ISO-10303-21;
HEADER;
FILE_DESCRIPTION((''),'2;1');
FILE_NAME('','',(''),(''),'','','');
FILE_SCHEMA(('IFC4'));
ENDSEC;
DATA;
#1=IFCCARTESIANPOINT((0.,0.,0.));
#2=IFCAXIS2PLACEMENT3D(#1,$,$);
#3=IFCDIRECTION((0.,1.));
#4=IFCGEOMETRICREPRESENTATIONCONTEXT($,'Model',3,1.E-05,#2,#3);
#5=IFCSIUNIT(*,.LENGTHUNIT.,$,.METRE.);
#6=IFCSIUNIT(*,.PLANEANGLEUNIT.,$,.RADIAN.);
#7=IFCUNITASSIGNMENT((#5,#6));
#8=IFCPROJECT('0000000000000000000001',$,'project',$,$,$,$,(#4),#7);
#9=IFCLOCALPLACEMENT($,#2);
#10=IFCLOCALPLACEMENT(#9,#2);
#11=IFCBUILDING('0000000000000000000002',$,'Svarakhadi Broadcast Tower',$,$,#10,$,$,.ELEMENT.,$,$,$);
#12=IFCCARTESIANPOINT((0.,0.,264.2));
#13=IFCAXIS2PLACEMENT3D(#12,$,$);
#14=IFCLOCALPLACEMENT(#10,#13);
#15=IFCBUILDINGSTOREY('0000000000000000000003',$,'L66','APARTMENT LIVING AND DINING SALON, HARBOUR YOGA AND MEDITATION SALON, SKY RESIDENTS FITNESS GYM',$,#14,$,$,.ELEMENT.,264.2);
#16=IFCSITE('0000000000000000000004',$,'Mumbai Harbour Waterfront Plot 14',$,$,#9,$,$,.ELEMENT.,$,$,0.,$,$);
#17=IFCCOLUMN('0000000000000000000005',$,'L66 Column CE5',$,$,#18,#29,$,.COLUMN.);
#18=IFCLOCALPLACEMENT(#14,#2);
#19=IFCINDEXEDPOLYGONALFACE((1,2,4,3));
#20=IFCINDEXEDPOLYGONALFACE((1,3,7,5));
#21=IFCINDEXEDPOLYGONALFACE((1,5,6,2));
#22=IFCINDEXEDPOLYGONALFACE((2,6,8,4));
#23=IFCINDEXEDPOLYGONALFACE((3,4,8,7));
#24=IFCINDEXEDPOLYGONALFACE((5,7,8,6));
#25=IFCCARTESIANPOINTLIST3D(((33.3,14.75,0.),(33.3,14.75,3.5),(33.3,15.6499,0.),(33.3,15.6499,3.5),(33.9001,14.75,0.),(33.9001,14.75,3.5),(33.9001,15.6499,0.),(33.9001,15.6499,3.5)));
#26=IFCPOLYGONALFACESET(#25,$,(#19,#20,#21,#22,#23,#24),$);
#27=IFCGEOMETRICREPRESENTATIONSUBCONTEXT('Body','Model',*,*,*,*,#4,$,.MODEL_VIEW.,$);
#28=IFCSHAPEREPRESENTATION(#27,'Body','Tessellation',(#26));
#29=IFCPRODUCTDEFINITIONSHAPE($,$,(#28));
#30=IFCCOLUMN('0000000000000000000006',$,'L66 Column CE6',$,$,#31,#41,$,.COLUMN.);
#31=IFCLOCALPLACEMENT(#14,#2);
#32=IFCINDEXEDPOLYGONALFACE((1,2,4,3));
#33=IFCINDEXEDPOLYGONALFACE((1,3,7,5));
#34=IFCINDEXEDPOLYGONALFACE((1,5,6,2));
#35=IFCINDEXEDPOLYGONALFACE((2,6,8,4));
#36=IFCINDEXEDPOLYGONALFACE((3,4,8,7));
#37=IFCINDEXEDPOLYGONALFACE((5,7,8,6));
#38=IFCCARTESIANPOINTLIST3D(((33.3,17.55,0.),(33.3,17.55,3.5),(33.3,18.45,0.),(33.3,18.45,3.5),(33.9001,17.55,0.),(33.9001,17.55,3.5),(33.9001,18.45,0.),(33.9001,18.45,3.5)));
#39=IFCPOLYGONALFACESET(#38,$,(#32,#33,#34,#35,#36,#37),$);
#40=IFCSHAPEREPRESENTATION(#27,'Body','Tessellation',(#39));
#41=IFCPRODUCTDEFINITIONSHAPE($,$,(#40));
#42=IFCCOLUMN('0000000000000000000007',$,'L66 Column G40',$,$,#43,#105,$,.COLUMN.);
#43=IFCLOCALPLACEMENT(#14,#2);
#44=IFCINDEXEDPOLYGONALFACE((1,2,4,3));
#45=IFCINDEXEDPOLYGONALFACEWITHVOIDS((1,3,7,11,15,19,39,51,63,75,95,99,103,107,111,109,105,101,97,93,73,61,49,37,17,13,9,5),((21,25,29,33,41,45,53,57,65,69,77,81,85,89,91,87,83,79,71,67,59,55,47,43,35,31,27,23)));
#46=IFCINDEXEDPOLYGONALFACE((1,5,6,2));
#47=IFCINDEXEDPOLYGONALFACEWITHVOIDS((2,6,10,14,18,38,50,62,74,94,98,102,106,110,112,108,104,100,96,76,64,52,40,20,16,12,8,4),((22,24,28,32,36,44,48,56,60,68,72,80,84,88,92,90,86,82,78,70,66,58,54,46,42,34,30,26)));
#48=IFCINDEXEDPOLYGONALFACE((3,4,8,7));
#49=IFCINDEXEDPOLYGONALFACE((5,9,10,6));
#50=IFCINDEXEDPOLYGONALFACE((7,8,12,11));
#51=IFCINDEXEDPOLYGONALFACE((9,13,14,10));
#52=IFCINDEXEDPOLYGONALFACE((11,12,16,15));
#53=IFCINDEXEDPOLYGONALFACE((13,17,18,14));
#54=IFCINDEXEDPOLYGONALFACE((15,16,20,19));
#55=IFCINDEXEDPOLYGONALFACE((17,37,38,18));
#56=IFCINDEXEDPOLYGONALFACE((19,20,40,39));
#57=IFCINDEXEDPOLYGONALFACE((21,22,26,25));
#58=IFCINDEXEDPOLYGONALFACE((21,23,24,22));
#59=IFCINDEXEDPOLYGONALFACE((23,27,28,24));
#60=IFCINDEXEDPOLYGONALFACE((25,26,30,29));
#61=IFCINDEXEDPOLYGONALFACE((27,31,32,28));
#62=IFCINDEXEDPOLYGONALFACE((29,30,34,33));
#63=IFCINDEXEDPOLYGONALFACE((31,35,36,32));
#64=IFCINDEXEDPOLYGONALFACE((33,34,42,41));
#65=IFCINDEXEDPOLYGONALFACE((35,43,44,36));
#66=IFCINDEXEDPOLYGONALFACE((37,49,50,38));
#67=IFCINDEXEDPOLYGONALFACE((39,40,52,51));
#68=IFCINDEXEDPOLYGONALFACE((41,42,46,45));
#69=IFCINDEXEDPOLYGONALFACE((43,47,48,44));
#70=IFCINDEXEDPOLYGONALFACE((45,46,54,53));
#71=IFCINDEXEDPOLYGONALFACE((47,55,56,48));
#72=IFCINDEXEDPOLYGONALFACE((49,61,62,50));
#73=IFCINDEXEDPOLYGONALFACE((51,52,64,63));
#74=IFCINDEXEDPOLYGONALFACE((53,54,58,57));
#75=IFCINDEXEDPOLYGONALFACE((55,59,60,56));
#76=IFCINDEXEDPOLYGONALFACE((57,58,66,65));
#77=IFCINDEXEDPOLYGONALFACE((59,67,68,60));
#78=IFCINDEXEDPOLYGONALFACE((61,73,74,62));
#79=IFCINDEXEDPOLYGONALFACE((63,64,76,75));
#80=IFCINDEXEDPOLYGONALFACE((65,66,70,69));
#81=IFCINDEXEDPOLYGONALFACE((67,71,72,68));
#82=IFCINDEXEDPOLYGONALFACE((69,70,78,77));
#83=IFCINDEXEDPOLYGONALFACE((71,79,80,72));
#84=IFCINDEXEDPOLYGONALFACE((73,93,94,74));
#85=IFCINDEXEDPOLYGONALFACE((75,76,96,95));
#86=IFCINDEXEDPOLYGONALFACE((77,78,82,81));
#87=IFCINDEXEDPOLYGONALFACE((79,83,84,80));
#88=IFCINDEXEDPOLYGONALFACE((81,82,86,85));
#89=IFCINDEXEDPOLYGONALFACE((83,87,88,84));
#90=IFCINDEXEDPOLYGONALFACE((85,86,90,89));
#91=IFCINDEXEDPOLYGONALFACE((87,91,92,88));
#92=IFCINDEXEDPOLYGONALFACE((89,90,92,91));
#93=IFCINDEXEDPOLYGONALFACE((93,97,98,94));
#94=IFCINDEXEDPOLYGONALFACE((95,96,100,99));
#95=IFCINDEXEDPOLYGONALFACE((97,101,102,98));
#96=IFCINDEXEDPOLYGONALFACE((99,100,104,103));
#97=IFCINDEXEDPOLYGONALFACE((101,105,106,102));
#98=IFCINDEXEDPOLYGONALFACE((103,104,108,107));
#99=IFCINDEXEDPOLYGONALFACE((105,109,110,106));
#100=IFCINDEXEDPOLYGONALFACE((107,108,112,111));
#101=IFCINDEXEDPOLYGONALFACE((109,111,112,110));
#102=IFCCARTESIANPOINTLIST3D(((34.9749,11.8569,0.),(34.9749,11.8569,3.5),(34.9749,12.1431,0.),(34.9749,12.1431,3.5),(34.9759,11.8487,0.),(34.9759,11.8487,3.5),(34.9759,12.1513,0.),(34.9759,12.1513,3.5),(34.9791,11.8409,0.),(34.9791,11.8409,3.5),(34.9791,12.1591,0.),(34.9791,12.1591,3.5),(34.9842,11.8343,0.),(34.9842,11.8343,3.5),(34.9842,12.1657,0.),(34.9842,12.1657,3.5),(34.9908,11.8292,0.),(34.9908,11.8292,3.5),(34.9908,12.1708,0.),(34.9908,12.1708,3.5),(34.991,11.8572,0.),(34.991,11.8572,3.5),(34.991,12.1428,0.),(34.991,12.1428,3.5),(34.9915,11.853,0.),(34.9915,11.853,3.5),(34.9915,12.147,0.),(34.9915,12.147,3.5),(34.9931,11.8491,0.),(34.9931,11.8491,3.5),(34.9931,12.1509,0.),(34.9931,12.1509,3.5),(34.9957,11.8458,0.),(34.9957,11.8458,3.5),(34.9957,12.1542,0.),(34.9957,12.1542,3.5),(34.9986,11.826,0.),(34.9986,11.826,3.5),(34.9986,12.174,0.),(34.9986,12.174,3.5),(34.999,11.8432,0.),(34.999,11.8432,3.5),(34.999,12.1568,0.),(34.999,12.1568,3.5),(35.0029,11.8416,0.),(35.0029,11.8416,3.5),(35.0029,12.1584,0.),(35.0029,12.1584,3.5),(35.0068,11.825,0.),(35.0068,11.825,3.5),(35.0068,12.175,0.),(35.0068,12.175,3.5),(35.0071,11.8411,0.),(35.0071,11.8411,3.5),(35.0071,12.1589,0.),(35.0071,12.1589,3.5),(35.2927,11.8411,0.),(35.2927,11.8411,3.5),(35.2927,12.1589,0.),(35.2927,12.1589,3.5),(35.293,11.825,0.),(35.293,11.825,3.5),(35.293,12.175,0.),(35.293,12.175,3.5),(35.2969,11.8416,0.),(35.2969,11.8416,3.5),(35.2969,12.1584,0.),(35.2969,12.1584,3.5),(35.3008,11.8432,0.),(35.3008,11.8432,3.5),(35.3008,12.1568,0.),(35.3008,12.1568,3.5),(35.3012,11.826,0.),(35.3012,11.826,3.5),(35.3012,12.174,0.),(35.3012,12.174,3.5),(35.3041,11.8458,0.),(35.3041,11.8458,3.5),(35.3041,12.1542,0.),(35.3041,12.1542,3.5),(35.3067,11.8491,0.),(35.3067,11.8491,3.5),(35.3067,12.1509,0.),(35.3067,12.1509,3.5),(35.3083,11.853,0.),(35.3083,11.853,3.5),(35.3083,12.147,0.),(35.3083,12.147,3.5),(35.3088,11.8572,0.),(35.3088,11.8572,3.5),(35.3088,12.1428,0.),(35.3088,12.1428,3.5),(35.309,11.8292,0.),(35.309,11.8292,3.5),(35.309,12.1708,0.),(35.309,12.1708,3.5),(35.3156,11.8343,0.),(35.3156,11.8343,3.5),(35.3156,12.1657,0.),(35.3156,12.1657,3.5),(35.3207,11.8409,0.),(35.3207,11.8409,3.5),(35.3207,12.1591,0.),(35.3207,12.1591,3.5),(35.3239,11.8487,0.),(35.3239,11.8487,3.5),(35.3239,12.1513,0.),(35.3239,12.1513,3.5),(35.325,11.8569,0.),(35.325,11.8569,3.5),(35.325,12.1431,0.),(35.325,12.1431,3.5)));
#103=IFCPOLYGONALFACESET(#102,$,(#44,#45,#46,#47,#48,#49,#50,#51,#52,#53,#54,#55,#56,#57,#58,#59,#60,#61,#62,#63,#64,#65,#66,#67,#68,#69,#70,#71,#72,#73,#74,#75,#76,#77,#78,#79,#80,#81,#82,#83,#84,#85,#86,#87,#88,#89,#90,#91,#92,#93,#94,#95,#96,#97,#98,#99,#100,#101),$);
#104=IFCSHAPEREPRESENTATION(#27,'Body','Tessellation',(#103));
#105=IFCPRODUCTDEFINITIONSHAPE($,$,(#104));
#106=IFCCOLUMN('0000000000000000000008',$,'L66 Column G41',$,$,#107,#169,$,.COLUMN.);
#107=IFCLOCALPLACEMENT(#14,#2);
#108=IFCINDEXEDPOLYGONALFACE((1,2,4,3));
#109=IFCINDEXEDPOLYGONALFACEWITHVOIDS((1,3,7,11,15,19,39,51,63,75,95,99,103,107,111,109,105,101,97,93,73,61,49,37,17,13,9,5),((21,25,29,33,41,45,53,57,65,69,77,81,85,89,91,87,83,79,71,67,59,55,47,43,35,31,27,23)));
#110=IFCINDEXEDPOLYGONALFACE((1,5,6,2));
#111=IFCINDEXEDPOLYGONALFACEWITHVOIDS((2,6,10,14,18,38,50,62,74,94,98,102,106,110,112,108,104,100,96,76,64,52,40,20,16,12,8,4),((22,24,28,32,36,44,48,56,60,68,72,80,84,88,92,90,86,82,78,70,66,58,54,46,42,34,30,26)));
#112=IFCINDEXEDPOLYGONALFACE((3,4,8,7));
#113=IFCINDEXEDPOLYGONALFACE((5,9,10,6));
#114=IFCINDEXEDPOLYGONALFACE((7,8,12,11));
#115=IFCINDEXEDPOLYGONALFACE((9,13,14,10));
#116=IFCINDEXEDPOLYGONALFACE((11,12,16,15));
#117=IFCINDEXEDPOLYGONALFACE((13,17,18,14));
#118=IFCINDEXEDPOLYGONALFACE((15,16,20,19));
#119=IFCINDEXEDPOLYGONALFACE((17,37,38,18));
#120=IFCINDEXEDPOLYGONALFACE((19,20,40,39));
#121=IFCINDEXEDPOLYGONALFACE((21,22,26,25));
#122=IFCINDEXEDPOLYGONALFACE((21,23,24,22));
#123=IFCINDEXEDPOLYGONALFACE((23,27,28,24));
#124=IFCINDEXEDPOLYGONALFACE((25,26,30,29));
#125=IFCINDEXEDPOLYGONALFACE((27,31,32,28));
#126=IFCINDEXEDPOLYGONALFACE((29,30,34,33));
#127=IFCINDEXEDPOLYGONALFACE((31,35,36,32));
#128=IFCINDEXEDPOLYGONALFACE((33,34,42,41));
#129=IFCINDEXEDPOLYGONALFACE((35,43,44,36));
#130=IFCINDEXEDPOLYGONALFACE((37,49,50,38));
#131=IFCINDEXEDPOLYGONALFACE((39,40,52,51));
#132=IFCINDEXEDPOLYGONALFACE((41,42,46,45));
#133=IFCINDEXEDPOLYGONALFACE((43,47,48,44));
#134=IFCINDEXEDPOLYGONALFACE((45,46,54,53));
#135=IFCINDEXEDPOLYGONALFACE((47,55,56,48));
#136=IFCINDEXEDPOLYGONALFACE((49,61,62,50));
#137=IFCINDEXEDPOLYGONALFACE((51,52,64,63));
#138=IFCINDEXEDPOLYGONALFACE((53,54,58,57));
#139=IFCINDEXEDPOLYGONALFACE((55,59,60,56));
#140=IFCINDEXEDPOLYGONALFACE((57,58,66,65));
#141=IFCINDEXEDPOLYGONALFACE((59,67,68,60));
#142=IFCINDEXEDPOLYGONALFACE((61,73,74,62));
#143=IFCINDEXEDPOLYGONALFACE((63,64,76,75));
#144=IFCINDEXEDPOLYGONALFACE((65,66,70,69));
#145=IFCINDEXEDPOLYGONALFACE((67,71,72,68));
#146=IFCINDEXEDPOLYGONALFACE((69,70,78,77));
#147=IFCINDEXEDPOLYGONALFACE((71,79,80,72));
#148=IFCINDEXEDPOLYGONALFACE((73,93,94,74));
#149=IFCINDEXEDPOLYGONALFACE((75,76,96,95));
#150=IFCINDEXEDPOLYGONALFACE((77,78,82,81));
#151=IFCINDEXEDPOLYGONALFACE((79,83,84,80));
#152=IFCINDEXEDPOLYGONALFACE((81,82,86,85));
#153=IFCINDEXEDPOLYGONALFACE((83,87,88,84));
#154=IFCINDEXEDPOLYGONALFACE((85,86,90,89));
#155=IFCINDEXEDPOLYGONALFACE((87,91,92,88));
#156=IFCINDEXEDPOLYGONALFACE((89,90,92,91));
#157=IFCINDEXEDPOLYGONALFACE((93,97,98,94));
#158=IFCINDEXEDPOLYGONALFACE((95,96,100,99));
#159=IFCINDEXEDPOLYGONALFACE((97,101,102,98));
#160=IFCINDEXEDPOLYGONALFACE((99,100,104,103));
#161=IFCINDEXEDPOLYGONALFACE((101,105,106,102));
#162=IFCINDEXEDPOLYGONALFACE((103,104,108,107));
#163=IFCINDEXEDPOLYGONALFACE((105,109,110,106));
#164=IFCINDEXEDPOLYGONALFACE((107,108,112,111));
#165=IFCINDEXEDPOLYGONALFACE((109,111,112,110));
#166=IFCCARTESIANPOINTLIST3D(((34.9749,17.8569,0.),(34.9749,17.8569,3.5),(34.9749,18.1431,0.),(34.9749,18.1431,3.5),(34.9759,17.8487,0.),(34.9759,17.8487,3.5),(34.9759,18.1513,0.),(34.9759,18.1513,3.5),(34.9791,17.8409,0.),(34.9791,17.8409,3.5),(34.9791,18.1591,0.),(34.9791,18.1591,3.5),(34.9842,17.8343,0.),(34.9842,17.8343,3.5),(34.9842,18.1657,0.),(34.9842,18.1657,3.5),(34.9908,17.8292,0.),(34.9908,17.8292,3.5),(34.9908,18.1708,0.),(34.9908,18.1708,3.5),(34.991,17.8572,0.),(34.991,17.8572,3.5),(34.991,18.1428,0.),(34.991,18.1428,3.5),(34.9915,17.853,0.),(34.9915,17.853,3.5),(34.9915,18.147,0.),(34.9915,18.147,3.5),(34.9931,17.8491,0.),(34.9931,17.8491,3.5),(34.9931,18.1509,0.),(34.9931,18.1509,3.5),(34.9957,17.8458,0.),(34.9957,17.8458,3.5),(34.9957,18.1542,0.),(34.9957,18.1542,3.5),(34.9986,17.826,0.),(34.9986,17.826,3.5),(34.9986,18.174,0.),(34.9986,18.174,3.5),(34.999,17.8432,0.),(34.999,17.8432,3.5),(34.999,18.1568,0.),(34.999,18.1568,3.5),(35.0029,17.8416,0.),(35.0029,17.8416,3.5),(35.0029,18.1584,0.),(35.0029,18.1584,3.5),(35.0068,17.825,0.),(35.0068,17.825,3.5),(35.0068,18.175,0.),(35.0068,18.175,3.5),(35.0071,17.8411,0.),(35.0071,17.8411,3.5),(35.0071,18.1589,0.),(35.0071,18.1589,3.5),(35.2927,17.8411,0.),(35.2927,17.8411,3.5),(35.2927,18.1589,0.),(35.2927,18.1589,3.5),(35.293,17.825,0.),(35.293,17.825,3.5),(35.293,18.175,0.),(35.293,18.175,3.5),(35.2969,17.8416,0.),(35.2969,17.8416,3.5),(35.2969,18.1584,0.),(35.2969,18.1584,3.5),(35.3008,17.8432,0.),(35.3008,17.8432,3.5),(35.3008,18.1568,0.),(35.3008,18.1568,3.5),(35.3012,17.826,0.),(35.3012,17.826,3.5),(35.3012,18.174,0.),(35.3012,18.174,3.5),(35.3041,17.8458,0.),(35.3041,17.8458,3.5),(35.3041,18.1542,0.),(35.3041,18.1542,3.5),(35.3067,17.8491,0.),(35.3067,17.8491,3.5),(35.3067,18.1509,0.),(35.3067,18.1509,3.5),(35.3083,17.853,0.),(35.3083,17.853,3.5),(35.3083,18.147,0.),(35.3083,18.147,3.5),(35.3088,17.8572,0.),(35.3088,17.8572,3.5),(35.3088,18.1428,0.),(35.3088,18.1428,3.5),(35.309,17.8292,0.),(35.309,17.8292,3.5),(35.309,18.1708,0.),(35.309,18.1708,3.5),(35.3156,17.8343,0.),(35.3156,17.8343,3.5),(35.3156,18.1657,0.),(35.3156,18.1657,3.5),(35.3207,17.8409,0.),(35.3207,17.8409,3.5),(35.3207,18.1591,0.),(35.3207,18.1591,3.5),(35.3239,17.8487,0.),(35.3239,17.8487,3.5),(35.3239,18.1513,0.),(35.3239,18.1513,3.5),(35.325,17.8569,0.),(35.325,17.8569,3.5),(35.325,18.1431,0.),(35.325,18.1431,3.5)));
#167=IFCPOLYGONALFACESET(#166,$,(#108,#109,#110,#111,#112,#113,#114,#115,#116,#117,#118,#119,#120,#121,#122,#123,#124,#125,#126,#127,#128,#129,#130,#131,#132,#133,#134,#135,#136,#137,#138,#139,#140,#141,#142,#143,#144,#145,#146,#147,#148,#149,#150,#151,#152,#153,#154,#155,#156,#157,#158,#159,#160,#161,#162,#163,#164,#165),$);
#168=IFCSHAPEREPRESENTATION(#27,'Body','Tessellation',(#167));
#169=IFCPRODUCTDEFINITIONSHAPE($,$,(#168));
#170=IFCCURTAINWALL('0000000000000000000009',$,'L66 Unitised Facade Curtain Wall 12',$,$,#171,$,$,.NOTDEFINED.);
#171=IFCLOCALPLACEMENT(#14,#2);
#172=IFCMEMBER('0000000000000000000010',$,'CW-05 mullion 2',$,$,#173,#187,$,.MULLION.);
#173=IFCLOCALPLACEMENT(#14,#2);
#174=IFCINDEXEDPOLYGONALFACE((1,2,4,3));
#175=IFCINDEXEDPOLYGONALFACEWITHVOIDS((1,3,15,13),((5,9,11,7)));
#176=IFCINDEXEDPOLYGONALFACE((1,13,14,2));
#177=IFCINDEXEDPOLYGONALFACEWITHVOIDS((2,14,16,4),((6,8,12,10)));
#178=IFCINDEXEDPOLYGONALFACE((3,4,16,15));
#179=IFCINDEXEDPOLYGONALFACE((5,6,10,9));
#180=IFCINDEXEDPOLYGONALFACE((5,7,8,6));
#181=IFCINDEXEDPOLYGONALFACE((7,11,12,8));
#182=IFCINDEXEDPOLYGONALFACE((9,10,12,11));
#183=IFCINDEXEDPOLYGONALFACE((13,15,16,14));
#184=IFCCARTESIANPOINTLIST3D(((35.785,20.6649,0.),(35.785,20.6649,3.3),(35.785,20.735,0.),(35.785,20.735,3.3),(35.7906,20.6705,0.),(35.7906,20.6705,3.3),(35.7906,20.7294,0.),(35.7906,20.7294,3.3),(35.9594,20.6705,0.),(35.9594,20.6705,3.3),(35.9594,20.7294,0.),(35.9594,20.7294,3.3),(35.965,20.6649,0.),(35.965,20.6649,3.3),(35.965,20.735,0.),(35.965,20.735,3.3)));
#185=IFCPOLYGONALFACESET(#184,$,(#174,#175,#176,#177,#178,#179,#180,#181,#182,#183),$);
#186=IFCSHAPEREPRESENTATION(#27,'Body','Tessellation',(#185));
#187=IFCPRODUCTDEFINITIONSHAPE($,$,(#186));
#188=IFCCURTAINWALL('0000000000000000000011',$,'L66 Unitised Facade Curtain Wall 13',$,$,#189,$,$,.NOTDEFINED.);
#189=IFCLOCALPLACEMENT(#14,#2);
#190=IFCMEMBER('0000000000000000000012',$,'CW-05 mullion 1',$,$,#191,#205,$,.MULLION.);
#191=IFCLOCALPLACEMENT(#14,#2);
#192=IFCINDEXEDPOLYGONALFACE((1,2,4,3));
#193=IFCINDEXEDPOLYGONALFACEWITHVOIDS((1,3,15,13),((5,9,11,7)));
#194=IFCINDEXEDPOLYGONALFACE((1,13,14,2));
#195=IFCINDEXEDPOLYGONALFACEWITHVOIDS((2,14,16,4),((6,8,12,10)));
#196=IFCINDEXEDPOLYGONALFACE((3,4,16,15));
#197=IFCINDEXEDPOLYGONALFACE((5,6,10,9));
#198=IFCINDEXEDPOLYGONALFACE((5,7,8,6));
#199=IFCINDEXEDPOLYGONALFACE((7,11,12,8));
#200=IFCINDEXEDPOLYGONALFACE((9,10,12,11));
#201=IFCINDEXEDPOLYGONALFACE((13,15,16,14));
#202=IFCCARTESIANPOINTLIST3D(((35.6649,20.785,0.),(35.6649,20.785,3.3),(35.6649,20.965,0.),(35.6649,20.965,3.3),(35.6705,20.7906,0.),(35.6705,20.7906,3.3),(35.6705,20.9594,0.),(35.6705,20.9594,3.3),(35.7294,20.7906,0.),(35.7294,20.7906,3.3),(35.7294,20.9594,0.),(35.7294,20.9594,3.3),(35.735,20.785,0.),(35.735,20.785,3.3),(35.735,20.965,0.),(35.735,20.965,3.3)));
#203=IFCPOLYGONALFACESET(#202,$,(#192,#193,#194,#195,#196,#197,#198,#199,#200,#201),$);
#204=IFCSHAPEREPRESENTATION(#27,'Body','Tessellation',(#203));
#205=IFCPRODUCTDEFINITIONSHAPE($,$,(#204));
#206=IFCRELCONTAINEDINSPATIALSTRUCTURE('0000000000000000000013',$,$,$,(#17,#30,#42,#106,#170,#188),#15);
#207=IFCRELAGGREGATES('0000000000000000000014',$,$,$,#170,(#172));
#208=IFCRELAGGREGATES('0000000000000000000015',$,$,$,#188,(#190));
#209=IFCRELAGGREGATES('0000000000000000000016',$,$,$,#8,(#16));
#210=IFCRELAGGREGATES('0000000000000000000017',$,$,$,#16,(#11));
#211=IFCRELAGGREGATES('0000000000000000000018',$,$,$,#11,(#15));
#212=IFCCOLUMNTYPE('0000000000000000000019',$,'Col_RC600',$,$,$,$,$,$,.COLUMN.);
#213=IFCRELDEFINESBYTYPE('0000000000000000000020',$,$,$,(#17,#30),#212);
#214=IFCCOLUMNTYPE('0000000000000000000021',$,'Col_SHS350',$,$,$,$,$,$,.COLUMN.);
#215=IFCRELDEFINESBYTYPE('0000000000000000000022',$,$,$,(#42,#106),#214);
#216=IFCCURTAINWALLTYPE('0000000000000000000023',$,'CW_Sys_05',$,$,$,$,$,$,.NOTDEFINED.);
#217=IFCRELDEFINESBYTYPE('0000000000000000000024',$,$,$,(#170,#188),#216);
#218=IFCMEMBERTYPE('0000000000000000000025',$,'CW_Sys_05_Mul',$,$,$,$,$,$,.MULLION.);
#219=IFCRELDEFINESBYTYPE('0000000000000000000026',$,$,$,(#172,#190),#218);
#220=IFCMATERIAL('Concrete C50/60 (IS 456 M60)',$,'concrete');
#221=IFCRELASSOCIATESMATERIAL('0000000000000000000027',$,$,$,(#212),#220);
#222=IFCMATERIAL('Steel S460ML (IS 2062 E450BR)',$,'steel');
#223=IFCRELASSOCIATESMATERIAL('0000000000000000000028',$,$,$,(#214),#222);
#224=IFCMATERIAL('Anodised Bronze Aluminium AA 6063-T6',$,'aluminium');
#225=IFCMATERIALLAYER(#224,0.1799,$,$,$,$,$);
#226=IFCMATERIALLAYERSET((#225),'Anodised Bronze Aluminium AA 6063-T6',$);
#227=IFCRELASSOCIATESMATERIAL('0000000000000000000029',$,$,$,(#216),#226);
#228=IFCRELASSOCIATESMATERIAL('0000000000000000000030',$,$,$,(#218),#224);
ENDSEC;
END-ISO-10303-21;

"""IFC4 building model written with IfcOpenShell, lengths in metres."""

from ifc_helpers import new_model, si_unit, direction, frame, origin, origin_2d, place, context, subcontext, project, spatial, rectangle, hollow_rectangle, extrude, material, layer, layer_set, material_profile, profile_set, type_object, element, aggregate, save


model = new_model("IFC4")

# Units and contexts
model_context = context("Model", 3, precision=1e-05, world=origin(), true_north=direction((0.0, 1.0)))
body_context = subcontext(model_context, "Body", "Model", "MODEL_VIEW")
ifc_project = project(units=[si_unit("LENGTHUNIT", "METRE"), si_unit("PLANEANGLEUNIT", "RADIAN")], contexts=[model_context])

# Site, building, storey
site_placement = place(None, origin())
site = spatial("IfcSite", under=ifc_project, at=site_placement, Name="Mumbai Harbour Waterfront Plot 14", CompositionType="ELEMENT", RefElevation=0.0)
building_placement = place(site_placement, origin())
building = spatial("IfcBuilding", under=site, at=building_placement, Name="Svarakhadi Broadcast Tower", CompositionType="ELEMENT")
storey_placement = place(building_placement, frame((0.0, 0.0, 264.2)))
storey = spatial("IfcBuildingStorey", under=building, at=storey_placement, Name="L66", Description="APARTMENT LIVING AND DINING SALON, HARBOUR YOGA AND MEDITATION SALON, SKY RESIDENTS FITNESS GYM", CompositionType="ELEMENT", Elevation=264.2)

# Columns
ifc_material_1 = material(Name="Concrete C50/60 (IS 456 M60)", Category="concrete")
ifc_material_profile_1 = material_profile(ifc_material_1, rectangle(XDim=0.6001, YDim=0.8999, at=origin_2d()), Name="RC 600x900")
ifc_profile_set_1 = profile_set([ifc_material_profile_1], Name="Concrete C50/60 (IS 456 M60)")
column_type_1 = type_object("IfcColumnType", Name="Col_RC600", PredefinedType="COLUMN", material=ifc_profile_set_1)
for number, where, z_axis, x_axis, name in (
    (1, (33.6001, 15.2, 0.0), (0.0, 0.0, 1.0), (1.0, 0.0, 0.0), "L66 Column CE5"),
    (2, (33.6001, 18.0, 0.0), (0.0, 0.0, 1.0), (1.0, 0.0, 0.0), "L66 Column CE6"),
):
    element("IfcColumn", number, at=place(storey_placement, frame(where, z_axis=z_axis, x_axis=x_axis)), inside=storey, type_object=column_type_1, Name=name, PredefinedType="COLUMN", context=body_context, shape_type="SweptSolid", body=[
        extrude(rectangle(XDim=0.6001, YDim=0.8999, at=origin_2d()), origin(), (0.0, 0.0, 1.0), 3.5),
    ])
ifc_material_2 = material(Name="Steel S460ML (IS 2062 E450BR)", Category="steel")
ifc_material_profile_2 = material_profile(ifc_material_2, hollow_rectangle(XDim=0.3501, YDim=0.3501, WallThickness=0.0161, InnerFilletRadius=0.0161, OuterFilletRadius=0.032, at=origin_2d()), Name="SHS 350x350x16")
ifc_profile_set_2 = profile_set([ifc_material_profile_2], Name="Steel S460ML (IS 2062 E450BR)")
column_type_2 = type_object("IfcColumnType", Name="Col_SHS350", PredefinedType="COLUMN", material=ifc_profile_set_2)
for number, where, z_axis, x_axis, name in (
    (3, (35.1499, 12.0, 0.0), (0.0, 0.0, 1.0), (1.0, 0.0, 0.0), "L66 Column G40"),
    (4, (35.1499, 18.0, 0.0), (0.0, 0.0, 1.0), (1.0, 0.0, 0.0), "L66 Column G41"),
):
    element("IfcColumn", number, at=place(storey_placement, frame(where, z_axis=z_axis, x_axis=x_axis)), inside=storey, type_object=column_type_2, Name=name, PredefinedType="COLUMN", context=body_context, shape_type="SweptSolid", body=[
        extrude(hollow_rectangle(XDim=0.3501, YDim=0.3501, WallThickness=0.0161, InnerFilletRadius=0.0161, OuterFilletRadius=0.032, at=origin_2d()), origin(), (0.0, 0.0, 1.0), 3.5),
    ])

# Curtain wall, member
ifc_material_3 = material(Name="Anodised Bronze Aluminium AA 6063-T6", Category="aluminium")
ifc_layer_1 = layer(ifc_material_3, 0.1799)
ifc_layer_set_1 = layer_set([ifc_layer_1], Name="Anodised Bronze Aluminium AA 6063-T6")
curtain_wall_type = type_object("IfcCurtainWallType", Name="CW_Sys_05", PredefinedType="NOTDEFINED", material=ifc_layer_set_1)
curtain_wall_1_placement = place(storey_placement, origin())
curtain_wall_1 = element("IfcCurtainWall", 5, at=curtain_wall_1_placement, inside=storey, type_object=curtain_wall_type, Name="L66 Unitised Facade Curtain Wall 12", PredefinedType="NOTDEFINED")
ifc_material_profile_3 = material_profile(ifc_material_3, hollow_rectangle(XDim=0.0701, YDim=0.1799, WallThickness=0.0056, at=origin_2d()), Name="ALU MULLION 180x70x6")
ifc_profile_set_3 = profile_set([ifc_material_profile_3], Name="Anodised Bronze Aluminium AA 6063-T6")
member_type_1 = type_object("IfcMemberType", Name="CW_Sys_05_Mul", PredefinedType="MULLION", material=ifc_profile_set_3)
member_1_placement = place(storey_placement, frame((35.875, 20.7, 0.0), z_axis=(0.0, 0.0, 1.0), x_axis=(0.0, 1.0, 0.0)))
member_1 = element("IfcMember", 6, at=member_1_placement, type_object=member_type_1, Name="CW-05 mullion 2", PredefinedType="MULLION", context=body_context, shape_type="SweptSolid", body=[
    extrude(hollow_rectangle(XDim=0.0701, YDim=0.1799, WallThickness=0.0056, at=origin_2d()), origin(), (0.0, 0.0, 1.0), 3.3),
])

# Curtain wall, member
curtain_wall_2_placement = place(storey_placement, origin())
curtain_wall_2 = element("IfcCurtainWall", 7, at=curtain_wall_2_placement, inside=storey, type_object=curtain_wall_type, Name="L66 Unitised Facade Curtain Wall 13", PredefinedType="NOTDEFINED")
member_2_placement = place(storey_placement, frame((35.7, 20.875, 0.0), z_axis=(0.0, 0.0, 1.0), x_axis=(1.0, 0.0, 0.0)))
member_2 = element("IfcMember", 8, at=member_2_placement, type_object=member_type_1, Name="CW-05 mullion 1", PredefinedType="MULLION", context=body_context, shape_type="SweptSolid", body=[
    extrude(hollow_rectangle(XDim=0.0701, YDim=0.1799, WallThickness=0.0056, at=origin_2d()), origin(), (0.0, 0.0, 1.0), 3.3),
])

aggregate(curtain_wall_1, [member_1])
aggregate(curtain_wall_2, [member_2])

save(model, "model.ifc")
